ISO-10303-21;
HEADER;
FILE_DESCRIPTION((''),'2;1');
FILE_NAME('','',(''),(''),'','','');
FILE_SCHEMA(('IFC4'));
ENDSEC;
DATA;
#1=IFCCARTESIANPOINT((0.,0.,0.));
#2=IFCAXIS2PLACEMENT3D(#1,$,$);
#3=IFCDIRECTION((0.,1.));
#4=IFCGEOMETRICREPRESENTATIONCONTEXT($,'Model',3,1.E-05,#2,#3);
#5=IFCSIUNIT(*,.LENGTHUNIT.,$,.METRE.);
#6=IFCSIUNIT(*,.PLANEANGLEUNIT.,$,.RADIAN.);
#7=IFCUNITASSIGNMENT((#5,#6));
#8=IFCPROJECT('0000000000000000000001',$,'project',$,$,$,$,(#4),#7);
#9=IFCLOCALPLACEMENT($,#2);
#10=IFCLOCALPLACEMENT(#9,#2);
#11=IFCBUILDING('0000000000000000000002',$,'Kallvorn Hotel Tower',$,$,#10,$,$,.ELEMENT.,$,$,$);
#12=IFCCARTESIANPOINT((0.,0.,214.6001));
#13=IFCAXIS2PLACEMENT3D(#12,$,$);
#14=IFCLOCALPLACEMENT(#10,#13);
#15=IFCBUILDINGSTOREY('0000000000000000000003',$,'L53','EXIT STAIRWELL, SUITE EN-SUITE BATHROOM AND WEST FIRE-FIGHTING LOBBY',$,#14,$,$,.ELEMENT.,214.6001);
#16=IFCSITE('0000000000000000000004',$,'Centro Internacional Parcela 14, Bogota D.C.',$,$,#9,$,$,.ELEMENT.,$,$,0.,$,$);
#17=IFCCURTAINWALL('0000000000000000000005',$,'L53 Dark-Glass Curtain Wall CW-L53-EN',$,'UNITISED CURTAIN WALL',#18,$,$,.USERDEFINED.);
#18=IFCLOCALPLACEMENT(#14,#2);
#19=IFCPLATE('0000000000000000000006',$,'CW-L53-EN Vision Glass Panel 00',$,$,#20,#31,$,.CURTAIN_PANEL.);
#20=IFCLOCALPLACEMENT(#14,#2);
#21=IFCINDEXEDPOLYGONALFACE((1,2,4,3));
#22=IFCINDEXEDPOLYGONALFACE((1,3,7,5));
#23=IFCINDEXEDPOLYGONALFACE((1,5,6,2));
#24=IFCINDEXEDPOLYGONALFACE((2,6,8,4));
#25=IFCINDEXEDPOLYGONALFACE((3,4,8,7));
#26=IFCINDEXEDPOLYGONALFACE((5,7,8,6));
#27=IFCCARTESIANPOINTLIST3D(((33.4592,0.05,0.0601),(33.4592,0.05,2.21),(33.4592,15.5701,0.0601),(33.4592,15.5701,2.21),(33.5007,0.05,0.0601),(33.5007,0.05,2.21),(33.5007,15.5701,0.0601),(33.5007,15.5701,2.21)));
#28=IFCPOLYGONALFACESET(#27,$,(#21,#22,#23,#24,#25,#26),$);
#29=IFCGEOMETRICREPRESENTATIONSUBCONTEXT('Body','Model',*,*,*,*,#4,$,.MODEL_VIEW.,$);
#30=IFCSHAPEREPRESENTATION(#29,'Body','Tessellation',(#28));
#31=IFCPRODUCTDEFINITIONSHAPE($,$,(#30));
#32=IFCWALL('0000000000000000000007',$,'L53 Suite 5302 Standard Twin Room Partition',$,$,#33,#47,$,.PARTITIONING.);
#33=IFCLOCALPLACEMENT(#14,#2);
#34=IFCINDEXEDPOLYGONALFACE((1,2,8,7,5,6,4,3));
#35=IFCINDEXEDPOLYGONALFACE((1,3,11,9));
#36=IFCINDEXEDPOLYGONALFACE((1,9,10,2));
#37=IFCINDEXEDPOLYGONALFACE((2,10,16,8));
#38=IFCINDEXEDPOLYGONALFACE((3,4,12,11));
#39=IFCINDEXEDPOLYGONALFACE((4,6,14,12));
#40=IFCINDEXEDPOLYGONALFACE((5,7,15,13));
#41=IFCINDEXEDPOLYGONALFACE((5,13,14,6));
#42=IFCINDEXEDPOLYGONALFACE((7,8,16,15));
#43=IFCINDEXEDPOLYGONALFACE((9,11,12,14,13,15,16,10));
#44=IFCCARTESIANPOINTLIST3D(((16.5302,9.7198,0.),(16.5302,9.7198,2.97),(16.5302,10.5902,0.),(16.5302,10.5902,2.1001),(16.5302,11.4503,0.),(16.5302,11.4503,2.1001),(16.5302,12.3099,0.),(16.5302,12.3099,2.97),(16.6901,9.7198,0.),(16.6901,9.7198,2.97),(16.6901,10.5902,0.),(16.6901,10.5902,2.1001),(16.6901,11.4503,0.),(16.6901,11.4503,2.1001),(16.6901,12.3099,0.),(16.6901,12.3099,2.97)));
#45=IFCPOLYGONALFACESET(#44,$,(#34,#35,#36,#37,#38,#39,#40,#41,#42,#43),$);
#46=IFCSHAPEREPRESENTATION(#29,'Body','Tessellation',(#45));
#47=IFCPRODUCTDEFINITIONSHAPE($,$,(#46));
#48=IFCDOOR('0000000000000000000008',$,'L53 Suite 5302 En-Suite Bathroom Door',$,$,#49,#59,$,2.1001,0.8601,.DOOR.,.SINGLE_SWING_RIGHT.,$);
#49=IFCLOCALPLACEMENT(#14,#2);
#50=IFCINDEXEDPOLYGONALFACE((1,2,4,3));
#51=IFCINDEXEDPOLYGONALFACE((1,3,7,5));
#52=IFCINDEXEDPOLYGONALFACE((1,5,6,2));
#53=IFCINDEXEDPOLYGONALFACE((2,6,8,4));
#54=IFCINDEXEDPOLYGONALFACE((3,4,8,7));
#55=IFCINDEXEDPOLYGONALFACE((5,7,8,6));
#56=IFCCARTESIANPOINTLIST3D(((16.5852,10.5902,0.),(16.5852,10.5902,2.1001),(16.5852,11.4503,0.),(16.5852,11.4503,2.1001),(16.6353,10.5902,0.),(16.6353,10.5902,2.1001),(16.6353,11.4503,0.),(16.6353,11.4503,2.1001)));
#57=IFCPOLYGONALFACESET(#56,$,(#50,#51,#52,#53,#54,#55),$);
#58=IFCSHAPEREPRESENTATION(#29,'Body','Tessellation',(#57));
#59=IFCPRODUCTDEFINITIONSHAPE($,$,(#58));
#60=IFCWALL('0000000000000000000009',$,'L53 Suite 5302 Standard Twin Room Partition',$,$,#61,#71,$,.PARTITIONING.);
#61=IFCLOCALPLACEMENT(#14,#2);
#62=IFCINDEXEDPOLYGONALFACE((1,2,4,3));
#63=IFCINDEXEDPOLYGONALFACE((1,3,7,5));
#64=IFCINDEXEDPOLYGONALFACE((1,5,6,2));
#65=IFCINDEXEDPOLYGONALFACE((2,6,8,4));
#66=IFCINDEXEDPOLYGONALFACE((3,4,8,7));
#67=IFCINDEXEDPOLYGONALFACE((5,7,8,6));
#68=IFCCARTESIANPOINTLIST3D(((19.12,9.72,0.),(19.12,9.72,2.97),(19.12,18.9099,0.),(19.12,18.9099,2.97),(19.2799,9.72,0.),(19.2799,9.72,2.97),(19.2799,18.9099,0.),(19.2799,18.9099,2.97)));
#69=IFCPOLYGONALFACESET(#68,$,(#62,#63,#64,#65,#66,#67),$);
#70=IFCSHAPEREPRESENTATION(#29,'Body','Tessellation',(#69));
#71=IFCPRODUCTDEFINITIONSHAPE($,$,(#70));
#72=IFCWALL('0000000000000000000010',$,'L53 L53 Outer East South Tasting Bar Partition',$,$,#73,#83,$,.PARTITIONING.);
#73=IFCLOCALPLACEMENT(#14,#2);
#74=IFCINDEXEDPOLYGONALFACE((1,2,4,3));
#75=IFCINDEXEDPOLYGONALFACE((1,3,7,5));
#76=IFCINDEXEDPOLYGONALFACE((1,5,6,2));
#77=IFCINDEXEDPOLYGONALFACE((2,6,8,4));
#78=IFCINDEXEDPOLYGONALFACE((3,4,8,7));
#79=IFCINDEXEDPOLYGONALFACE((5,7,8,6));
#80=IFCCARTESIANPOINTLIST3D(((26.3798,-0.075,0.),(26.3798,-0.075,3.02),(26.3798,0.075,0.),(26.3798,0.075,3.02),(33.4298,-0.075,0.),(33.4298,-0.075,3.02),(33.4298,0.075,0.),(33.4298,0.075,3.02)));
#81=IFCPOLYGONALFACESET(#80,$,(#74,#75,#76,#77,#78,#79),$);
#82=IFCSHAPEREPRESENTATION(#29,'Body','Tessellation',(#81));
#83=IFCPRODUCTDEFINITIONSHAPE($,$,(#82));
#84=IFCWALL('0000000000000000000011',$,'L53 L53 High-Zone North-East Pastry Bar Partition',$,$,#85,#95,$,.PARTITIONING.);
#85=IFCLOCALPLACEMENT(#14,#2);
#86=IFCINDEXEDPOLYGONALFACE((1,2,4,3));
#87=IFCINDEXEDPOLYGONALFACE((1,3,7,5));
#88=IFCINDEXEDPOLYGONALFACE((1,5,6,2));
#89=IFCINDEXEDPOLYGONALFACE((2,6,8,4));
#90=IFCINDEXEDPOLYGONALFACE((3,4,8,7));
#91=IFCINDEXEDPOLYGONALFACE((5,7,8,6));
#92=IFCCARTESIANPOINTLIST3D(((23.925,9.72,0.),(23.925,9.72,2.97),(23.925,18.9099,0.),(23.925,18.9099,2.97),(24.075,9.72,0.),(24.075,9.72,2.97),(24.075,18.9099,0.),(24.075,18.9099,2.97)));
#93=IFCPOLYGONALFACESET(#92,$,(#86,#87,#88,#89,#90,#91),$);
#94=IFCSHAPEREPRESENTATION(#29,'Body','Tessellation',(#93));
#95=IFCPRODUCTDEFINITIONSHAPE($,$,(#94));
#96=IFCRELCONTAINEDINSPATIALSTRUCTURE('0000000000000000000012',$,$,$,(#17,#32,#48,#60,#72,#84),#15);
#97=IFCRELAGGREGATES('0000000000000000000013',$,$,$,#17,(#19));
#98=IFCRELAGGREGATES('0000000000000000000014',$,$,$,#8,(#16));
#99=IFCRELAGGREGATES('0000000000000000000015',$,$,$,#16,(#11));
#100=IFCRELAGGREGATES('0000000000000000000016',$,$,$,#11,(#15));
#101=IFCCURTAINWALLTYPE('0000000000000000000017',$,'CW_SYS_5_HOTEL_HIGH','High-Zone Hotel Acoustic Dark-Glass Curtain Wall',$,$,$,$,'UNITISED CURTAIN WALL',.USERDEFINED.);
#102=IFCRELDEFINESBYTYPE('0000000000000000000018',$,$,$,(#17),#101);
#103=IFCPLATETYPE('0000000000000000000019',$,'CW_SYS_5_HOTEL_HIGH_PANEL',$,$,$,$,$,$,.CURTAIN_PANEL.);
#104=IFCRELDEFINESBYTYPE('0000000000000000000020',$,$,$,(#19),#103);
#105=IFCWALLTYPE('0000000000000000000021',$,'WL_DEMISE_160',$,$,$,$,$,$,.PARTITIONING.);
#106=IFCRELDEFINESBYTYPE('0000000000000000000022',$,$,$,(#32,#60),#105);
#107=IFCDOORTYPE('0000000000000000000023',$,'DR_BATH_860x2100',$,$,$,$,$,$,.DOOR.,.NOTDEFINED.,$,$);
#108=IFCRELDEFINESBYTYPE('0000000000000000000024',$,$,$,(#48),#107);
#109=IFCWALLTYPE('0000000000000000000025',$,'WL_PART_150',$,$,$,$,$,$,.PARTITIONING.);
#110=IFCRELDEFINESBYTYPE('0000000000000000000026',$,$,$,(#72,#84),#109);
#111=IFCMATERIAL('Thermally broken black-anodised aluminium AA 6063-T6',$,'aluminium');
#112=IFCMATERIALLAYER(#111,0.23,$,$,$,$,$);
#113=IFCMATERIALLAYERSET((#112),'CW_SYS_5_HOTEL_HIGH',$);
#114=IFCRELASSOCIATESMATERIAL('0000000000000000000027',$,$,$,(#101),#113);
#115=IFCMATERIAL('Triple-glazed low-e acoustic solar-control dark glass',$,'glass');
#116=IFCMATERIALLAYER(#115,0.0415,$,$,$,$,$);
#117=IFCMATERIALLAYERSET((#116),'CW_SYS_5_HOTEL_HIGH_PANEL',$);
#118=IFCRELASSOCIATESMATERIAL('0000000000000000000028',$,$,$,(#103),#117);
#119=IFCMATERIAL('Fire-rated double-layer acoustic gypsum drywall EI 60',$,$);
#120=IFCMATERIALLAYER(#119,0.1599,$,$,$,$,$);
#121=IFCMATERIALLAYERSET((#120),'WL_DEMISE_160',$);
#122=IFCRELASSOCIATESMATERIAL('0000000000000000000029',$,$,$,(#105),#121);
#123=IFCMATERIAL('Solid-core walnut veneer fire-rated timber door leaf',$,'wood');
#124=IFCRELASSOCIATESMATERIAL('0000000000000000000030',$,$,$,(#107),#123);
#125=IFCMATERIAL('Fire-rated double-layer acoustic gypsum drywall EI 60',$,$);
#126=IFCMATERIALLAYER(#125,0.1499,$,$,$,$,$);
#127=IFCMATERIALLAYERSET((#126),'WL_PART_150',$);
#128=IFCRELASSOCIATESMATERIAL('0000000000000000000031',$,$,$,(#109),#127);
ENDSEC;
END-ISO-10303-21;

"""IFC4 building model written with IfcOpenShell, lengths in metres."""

from ifc_helpers import new_model, si_unit, direction, frame, frame_2d, origin, origin_2d, place, context, subcontext, project, spatial, rectangle, extrude, material, layer, layer_set, type_object, element, fill, aggregate, save


model = new_model("IFC4")

# Units and contexts
model_context = context("Model", 3, precision=1e-05, world=origin(), true_north=direction((0.0, 1.0)))
body_context = subcontext(model_context, "Body", "Model", "MODEL_VIEW")
ifc_project = project(units=[si_unit("LENGTHUNIT", "METRE"), si_unit("PLANEANGLEUNIT", "RADIAN")], contexts=[model_context])

# Site, building, storey
site_placement = place(None, origin())
site = spatial("IfcSite", under=ifc_project, at=site_placement, Name="Centro Internacional Parcela 14, Bogota D.C.", CompositionType="ELEMENT", RefElevation=0.0)
building_placement = place(site_placement, origin())
building = spatial("IfcBuilding", under=site, at=building_placement, Name="Kallvorn Hotel Tower", CompositionType="ELEMENT")
storey_placement = place(building_placement, frame((0.0, 0.0, 214.6001)))
storey = spatial("IfcBuildingStorey", under=building, at=storey_placement, Name="L53", Description="EXIT STAIRWELL, SUITE EN-SUITE BATHROOM AND WEST FIRE-FIGHTING LOBBY", CompositionType="ELEMENT", Elevation=214.6001)

# Curtain wall, plate
ifc_material_1 = material(Name="Thermally broken black-anodised aluminium AA 6063-T6", Category="aluminium")
ifc_layer_1 = layer(ifc_material_1, 0.23)
ifc_layer_set_1 = layer_set([ifc_layer_1], Name="CW_SYS_5_HOTEL_HIGH")
curtain_wall_type = type_object("IfcCurtainWallType", Name="CW_SYS_5_HOTEL_HIGH", Description="High-Zone Hotel Acoustic Dark-Glass Curtain Wall", ElementType="UNITISED CURTAIN WALL", PredefinedType="USERDEFINED", material=ifc_layer_set_1)
curtain_wall_placement = place(storey_placement, origin())
curtain_wall = element("IfcCurtainWall", 1, at=curtain_wall_placement, inside=storey, type_object=curtain_wall_type, Name="L53 Dark-Glass Curtain Wall CW-L53-EN", ObjectType="UNITISED CURTAIN WALL", PredefinedType="USERDEFINED")
ifc_material_2 = material(Name="Triple-glazed low-e acoustic solar-control dark glass", Category="glass")
ifc_layer_2 = layer(ifc_material_2, 0.0415)
ifc_layer_set_2 = layer_set([ifc_layer_2], Name="CW_SYS_5_HOTEL_HIGH_PANEL")
plate_type = type_object("IfcPlateType", Name="CW_SYS_5_HOTEL_HIGH_PANEL", PredefinedType="CURTAIN_PANEL", material=ifc_layer_set_2)
plate_placement = place(storey_placement, frame((33.48, 7.8101, 0.0601), z_axis=(0.0, 0.0, 1.0), x_axis=(0.0, 1.0, 0.0)))
plate = element("IfcPlate", 2, at=plate_placement, type_object=plate_type, Name="CW-L53-EN Vision Glass Panel 00", PredefinedType="CURTAIN_PANEL", context=body_context, shape_type="SweptSolid", body=[
    extrude(rectangle(XDim=15.52, YDim=0.0415, at=origin_2d()), origin(), (0.0, 0.0, 1.0), 2.1499),
])
aggregate(curtain_wall, [plate])

# Wall, opening, door
ifc_material_3 = material(Name="Fire-rated double-layer acoustic gypsum drywall EI 60")
ifc_layer_3 = layer(ifc_material_3, 0.1599)
ifc_layer_set_3 = layer_set([ifc_layer_3], Name="WL_DEMISE_160")
wall_type_1 = type_object("IfcWallType", Name="WL_DEMISE_160", PredefinedType="PARTITIONING", material=ifc_layer_set_3)
wall_1_placement = place(storey_placement, frame((16.6101, 9.72, 0.0), z_axis=(0.0, 0.0, 1.0), x_axis=(0.0, 1.0, 0.0)))
wall_1 = element("IfcWall", 3, at=wall_1_placement, inside=storey, type_object=wall_type_1, Name="L53 Suite 5302 Standard Twin Room Partition", PredefinedType="PARTITIONING", context=body_context, shape_type="SweptSolid", body=[
    extrude(rectangle(XDim=2.5901, YDim=0.1599, at=frame_2d((1.2949, 0.0))), origin(), (0.0, 0.0, 1.0), 2.97),
])
opening_placement = place(wall_1_placement, frame((0.8701, 0.0, 0.0)))
opening = element("IfcOpeningElement", 4, at=opening_placement, cuts=wall_1, PredefinedType="OPENING", context=body_context, shape_type="SweptSolid", body=[
    extrude(rectangle(XDim=0.8601, YDim=2.1001, at=frame_2d((0.4302, 1.05))), frame((0.0, 0.095, 0.0), z_axis=(0.0, -1.0, 0.0), x_axis=(1.0, 0.0, 0.0)), (0.0, 0.0, 1.0), 0.1899),
])
ifc_material_4 = material(Name="Solid-core walnut veneer fire-rated timber door leaf", Category="wood")
door_type = type_object("IfcDoorType", Name="DR_BATH_860x2100", OperationType="NOTDEFINED", PredefinedType="DOOR", material=ifc_material_4)
door_placement = place(opening_placement, origin())
door = element("IfcDoor", 5, at=door_placement, inside=storey, type_object=door_type, Name="L53 Suite 5302 En-Suite Bathroom Door", OperationType="SINGLE_SWING_RIGHT", OverallHeight=2.1001, OverallWidth=0.8601, PredefinedType="DOOR", context=body_context, shape_type="SweptSolid", body=[
    extrude(rectangle(XDim=0.8601, YDim=2.1001, at=frame_2d((0.4302, 1.05))), frame((0.0, 0.0249, 0.0), z_axis=(0.0, -1.0, 0.0), x_axis=(1.0, 0.0, 0.0)), (0.0, 0.0, 1.0), 0.05),
])
fill(opening, door)

# Walls
wall_2_placement = place(storey_placement, frame((19.2, 9.72, 0.0), z_axis=(0.0, 0.0, 1.0), x_axis=(0.0, 1.0, 0.0)))
element("IfcWall", 6, at=wall_2_placement, inside=storey, type_object=wall_type_1, Name="L53 Suite 5302 Standard Twin Room Partition", PredefinedType="PARTITIONING", context=body_context, shape_type="SweptSolid", body=[
    extrude(rectangle(XDim=9.1899, YDim=0.1599, at=frame_2d((4.595, 0.0))), origin(), (0.0, 0.0, 1.0), 2.97),
])
ifc_material_5 = material(Name="Fire-rated double-layer acoustic gypsum drywall EI 60")
ifc_layer_4 = layer(ifc_material_5, 0.1499)
ifc_layer_set_4 = layer_set([ifc_layer_4], Name="WL_PART_150")
wall_type_2 = type_object("IfcWallType", Name="WL_PART_150", PredefinedType="PARTITIONING", material=ifc_layer_set_4)
wall_3_placement = place(storey_placement, frame((26.3799, 0.0, 0.0), z_axis=(0.0, 0.0, 1.0), x_axis=(1.0, 0.0, 0.0)))
element("IfcWall", 7, at=wall_3_placement, inside=storey, type_object=wall_type_2, Name="L53 L53 Outer East South Tasting Bar Partition", PredefinedType="PARTITIONING", context=body_context, shape_type="SweptSolid", body=[
    extrude(rectangle(XDim=7.05, YDim=0.1499, at=frame_2d((3.5249, 0.0))), origin(), (0.0, 0.0, 1.0), 3.02),
])
wall_4_placement = place(storey_placement, frame((24.0, 9.72, 0.0), z_axis=(0.0, 0.0, 1.0), x_axis=(0.0, 1.0, 0.0)))
element("IfcWall", 8, at=wall_4_placement, inside=storey, type_object=wall_type_2, Name="L53 L53 High-Zone North-East Pastry Bar Partition", PredefinedType="PARTITIONING", context=body_context, shape_type="SweptSolid", body=[
    extrude(rectangle(XDim=9.1899, YDim=0.1499, at=frame_2d((4.595, 0.0))), origin(), (0.0, 0.0, 1.0), 2.97),
])

save(model, "model.ifc")
